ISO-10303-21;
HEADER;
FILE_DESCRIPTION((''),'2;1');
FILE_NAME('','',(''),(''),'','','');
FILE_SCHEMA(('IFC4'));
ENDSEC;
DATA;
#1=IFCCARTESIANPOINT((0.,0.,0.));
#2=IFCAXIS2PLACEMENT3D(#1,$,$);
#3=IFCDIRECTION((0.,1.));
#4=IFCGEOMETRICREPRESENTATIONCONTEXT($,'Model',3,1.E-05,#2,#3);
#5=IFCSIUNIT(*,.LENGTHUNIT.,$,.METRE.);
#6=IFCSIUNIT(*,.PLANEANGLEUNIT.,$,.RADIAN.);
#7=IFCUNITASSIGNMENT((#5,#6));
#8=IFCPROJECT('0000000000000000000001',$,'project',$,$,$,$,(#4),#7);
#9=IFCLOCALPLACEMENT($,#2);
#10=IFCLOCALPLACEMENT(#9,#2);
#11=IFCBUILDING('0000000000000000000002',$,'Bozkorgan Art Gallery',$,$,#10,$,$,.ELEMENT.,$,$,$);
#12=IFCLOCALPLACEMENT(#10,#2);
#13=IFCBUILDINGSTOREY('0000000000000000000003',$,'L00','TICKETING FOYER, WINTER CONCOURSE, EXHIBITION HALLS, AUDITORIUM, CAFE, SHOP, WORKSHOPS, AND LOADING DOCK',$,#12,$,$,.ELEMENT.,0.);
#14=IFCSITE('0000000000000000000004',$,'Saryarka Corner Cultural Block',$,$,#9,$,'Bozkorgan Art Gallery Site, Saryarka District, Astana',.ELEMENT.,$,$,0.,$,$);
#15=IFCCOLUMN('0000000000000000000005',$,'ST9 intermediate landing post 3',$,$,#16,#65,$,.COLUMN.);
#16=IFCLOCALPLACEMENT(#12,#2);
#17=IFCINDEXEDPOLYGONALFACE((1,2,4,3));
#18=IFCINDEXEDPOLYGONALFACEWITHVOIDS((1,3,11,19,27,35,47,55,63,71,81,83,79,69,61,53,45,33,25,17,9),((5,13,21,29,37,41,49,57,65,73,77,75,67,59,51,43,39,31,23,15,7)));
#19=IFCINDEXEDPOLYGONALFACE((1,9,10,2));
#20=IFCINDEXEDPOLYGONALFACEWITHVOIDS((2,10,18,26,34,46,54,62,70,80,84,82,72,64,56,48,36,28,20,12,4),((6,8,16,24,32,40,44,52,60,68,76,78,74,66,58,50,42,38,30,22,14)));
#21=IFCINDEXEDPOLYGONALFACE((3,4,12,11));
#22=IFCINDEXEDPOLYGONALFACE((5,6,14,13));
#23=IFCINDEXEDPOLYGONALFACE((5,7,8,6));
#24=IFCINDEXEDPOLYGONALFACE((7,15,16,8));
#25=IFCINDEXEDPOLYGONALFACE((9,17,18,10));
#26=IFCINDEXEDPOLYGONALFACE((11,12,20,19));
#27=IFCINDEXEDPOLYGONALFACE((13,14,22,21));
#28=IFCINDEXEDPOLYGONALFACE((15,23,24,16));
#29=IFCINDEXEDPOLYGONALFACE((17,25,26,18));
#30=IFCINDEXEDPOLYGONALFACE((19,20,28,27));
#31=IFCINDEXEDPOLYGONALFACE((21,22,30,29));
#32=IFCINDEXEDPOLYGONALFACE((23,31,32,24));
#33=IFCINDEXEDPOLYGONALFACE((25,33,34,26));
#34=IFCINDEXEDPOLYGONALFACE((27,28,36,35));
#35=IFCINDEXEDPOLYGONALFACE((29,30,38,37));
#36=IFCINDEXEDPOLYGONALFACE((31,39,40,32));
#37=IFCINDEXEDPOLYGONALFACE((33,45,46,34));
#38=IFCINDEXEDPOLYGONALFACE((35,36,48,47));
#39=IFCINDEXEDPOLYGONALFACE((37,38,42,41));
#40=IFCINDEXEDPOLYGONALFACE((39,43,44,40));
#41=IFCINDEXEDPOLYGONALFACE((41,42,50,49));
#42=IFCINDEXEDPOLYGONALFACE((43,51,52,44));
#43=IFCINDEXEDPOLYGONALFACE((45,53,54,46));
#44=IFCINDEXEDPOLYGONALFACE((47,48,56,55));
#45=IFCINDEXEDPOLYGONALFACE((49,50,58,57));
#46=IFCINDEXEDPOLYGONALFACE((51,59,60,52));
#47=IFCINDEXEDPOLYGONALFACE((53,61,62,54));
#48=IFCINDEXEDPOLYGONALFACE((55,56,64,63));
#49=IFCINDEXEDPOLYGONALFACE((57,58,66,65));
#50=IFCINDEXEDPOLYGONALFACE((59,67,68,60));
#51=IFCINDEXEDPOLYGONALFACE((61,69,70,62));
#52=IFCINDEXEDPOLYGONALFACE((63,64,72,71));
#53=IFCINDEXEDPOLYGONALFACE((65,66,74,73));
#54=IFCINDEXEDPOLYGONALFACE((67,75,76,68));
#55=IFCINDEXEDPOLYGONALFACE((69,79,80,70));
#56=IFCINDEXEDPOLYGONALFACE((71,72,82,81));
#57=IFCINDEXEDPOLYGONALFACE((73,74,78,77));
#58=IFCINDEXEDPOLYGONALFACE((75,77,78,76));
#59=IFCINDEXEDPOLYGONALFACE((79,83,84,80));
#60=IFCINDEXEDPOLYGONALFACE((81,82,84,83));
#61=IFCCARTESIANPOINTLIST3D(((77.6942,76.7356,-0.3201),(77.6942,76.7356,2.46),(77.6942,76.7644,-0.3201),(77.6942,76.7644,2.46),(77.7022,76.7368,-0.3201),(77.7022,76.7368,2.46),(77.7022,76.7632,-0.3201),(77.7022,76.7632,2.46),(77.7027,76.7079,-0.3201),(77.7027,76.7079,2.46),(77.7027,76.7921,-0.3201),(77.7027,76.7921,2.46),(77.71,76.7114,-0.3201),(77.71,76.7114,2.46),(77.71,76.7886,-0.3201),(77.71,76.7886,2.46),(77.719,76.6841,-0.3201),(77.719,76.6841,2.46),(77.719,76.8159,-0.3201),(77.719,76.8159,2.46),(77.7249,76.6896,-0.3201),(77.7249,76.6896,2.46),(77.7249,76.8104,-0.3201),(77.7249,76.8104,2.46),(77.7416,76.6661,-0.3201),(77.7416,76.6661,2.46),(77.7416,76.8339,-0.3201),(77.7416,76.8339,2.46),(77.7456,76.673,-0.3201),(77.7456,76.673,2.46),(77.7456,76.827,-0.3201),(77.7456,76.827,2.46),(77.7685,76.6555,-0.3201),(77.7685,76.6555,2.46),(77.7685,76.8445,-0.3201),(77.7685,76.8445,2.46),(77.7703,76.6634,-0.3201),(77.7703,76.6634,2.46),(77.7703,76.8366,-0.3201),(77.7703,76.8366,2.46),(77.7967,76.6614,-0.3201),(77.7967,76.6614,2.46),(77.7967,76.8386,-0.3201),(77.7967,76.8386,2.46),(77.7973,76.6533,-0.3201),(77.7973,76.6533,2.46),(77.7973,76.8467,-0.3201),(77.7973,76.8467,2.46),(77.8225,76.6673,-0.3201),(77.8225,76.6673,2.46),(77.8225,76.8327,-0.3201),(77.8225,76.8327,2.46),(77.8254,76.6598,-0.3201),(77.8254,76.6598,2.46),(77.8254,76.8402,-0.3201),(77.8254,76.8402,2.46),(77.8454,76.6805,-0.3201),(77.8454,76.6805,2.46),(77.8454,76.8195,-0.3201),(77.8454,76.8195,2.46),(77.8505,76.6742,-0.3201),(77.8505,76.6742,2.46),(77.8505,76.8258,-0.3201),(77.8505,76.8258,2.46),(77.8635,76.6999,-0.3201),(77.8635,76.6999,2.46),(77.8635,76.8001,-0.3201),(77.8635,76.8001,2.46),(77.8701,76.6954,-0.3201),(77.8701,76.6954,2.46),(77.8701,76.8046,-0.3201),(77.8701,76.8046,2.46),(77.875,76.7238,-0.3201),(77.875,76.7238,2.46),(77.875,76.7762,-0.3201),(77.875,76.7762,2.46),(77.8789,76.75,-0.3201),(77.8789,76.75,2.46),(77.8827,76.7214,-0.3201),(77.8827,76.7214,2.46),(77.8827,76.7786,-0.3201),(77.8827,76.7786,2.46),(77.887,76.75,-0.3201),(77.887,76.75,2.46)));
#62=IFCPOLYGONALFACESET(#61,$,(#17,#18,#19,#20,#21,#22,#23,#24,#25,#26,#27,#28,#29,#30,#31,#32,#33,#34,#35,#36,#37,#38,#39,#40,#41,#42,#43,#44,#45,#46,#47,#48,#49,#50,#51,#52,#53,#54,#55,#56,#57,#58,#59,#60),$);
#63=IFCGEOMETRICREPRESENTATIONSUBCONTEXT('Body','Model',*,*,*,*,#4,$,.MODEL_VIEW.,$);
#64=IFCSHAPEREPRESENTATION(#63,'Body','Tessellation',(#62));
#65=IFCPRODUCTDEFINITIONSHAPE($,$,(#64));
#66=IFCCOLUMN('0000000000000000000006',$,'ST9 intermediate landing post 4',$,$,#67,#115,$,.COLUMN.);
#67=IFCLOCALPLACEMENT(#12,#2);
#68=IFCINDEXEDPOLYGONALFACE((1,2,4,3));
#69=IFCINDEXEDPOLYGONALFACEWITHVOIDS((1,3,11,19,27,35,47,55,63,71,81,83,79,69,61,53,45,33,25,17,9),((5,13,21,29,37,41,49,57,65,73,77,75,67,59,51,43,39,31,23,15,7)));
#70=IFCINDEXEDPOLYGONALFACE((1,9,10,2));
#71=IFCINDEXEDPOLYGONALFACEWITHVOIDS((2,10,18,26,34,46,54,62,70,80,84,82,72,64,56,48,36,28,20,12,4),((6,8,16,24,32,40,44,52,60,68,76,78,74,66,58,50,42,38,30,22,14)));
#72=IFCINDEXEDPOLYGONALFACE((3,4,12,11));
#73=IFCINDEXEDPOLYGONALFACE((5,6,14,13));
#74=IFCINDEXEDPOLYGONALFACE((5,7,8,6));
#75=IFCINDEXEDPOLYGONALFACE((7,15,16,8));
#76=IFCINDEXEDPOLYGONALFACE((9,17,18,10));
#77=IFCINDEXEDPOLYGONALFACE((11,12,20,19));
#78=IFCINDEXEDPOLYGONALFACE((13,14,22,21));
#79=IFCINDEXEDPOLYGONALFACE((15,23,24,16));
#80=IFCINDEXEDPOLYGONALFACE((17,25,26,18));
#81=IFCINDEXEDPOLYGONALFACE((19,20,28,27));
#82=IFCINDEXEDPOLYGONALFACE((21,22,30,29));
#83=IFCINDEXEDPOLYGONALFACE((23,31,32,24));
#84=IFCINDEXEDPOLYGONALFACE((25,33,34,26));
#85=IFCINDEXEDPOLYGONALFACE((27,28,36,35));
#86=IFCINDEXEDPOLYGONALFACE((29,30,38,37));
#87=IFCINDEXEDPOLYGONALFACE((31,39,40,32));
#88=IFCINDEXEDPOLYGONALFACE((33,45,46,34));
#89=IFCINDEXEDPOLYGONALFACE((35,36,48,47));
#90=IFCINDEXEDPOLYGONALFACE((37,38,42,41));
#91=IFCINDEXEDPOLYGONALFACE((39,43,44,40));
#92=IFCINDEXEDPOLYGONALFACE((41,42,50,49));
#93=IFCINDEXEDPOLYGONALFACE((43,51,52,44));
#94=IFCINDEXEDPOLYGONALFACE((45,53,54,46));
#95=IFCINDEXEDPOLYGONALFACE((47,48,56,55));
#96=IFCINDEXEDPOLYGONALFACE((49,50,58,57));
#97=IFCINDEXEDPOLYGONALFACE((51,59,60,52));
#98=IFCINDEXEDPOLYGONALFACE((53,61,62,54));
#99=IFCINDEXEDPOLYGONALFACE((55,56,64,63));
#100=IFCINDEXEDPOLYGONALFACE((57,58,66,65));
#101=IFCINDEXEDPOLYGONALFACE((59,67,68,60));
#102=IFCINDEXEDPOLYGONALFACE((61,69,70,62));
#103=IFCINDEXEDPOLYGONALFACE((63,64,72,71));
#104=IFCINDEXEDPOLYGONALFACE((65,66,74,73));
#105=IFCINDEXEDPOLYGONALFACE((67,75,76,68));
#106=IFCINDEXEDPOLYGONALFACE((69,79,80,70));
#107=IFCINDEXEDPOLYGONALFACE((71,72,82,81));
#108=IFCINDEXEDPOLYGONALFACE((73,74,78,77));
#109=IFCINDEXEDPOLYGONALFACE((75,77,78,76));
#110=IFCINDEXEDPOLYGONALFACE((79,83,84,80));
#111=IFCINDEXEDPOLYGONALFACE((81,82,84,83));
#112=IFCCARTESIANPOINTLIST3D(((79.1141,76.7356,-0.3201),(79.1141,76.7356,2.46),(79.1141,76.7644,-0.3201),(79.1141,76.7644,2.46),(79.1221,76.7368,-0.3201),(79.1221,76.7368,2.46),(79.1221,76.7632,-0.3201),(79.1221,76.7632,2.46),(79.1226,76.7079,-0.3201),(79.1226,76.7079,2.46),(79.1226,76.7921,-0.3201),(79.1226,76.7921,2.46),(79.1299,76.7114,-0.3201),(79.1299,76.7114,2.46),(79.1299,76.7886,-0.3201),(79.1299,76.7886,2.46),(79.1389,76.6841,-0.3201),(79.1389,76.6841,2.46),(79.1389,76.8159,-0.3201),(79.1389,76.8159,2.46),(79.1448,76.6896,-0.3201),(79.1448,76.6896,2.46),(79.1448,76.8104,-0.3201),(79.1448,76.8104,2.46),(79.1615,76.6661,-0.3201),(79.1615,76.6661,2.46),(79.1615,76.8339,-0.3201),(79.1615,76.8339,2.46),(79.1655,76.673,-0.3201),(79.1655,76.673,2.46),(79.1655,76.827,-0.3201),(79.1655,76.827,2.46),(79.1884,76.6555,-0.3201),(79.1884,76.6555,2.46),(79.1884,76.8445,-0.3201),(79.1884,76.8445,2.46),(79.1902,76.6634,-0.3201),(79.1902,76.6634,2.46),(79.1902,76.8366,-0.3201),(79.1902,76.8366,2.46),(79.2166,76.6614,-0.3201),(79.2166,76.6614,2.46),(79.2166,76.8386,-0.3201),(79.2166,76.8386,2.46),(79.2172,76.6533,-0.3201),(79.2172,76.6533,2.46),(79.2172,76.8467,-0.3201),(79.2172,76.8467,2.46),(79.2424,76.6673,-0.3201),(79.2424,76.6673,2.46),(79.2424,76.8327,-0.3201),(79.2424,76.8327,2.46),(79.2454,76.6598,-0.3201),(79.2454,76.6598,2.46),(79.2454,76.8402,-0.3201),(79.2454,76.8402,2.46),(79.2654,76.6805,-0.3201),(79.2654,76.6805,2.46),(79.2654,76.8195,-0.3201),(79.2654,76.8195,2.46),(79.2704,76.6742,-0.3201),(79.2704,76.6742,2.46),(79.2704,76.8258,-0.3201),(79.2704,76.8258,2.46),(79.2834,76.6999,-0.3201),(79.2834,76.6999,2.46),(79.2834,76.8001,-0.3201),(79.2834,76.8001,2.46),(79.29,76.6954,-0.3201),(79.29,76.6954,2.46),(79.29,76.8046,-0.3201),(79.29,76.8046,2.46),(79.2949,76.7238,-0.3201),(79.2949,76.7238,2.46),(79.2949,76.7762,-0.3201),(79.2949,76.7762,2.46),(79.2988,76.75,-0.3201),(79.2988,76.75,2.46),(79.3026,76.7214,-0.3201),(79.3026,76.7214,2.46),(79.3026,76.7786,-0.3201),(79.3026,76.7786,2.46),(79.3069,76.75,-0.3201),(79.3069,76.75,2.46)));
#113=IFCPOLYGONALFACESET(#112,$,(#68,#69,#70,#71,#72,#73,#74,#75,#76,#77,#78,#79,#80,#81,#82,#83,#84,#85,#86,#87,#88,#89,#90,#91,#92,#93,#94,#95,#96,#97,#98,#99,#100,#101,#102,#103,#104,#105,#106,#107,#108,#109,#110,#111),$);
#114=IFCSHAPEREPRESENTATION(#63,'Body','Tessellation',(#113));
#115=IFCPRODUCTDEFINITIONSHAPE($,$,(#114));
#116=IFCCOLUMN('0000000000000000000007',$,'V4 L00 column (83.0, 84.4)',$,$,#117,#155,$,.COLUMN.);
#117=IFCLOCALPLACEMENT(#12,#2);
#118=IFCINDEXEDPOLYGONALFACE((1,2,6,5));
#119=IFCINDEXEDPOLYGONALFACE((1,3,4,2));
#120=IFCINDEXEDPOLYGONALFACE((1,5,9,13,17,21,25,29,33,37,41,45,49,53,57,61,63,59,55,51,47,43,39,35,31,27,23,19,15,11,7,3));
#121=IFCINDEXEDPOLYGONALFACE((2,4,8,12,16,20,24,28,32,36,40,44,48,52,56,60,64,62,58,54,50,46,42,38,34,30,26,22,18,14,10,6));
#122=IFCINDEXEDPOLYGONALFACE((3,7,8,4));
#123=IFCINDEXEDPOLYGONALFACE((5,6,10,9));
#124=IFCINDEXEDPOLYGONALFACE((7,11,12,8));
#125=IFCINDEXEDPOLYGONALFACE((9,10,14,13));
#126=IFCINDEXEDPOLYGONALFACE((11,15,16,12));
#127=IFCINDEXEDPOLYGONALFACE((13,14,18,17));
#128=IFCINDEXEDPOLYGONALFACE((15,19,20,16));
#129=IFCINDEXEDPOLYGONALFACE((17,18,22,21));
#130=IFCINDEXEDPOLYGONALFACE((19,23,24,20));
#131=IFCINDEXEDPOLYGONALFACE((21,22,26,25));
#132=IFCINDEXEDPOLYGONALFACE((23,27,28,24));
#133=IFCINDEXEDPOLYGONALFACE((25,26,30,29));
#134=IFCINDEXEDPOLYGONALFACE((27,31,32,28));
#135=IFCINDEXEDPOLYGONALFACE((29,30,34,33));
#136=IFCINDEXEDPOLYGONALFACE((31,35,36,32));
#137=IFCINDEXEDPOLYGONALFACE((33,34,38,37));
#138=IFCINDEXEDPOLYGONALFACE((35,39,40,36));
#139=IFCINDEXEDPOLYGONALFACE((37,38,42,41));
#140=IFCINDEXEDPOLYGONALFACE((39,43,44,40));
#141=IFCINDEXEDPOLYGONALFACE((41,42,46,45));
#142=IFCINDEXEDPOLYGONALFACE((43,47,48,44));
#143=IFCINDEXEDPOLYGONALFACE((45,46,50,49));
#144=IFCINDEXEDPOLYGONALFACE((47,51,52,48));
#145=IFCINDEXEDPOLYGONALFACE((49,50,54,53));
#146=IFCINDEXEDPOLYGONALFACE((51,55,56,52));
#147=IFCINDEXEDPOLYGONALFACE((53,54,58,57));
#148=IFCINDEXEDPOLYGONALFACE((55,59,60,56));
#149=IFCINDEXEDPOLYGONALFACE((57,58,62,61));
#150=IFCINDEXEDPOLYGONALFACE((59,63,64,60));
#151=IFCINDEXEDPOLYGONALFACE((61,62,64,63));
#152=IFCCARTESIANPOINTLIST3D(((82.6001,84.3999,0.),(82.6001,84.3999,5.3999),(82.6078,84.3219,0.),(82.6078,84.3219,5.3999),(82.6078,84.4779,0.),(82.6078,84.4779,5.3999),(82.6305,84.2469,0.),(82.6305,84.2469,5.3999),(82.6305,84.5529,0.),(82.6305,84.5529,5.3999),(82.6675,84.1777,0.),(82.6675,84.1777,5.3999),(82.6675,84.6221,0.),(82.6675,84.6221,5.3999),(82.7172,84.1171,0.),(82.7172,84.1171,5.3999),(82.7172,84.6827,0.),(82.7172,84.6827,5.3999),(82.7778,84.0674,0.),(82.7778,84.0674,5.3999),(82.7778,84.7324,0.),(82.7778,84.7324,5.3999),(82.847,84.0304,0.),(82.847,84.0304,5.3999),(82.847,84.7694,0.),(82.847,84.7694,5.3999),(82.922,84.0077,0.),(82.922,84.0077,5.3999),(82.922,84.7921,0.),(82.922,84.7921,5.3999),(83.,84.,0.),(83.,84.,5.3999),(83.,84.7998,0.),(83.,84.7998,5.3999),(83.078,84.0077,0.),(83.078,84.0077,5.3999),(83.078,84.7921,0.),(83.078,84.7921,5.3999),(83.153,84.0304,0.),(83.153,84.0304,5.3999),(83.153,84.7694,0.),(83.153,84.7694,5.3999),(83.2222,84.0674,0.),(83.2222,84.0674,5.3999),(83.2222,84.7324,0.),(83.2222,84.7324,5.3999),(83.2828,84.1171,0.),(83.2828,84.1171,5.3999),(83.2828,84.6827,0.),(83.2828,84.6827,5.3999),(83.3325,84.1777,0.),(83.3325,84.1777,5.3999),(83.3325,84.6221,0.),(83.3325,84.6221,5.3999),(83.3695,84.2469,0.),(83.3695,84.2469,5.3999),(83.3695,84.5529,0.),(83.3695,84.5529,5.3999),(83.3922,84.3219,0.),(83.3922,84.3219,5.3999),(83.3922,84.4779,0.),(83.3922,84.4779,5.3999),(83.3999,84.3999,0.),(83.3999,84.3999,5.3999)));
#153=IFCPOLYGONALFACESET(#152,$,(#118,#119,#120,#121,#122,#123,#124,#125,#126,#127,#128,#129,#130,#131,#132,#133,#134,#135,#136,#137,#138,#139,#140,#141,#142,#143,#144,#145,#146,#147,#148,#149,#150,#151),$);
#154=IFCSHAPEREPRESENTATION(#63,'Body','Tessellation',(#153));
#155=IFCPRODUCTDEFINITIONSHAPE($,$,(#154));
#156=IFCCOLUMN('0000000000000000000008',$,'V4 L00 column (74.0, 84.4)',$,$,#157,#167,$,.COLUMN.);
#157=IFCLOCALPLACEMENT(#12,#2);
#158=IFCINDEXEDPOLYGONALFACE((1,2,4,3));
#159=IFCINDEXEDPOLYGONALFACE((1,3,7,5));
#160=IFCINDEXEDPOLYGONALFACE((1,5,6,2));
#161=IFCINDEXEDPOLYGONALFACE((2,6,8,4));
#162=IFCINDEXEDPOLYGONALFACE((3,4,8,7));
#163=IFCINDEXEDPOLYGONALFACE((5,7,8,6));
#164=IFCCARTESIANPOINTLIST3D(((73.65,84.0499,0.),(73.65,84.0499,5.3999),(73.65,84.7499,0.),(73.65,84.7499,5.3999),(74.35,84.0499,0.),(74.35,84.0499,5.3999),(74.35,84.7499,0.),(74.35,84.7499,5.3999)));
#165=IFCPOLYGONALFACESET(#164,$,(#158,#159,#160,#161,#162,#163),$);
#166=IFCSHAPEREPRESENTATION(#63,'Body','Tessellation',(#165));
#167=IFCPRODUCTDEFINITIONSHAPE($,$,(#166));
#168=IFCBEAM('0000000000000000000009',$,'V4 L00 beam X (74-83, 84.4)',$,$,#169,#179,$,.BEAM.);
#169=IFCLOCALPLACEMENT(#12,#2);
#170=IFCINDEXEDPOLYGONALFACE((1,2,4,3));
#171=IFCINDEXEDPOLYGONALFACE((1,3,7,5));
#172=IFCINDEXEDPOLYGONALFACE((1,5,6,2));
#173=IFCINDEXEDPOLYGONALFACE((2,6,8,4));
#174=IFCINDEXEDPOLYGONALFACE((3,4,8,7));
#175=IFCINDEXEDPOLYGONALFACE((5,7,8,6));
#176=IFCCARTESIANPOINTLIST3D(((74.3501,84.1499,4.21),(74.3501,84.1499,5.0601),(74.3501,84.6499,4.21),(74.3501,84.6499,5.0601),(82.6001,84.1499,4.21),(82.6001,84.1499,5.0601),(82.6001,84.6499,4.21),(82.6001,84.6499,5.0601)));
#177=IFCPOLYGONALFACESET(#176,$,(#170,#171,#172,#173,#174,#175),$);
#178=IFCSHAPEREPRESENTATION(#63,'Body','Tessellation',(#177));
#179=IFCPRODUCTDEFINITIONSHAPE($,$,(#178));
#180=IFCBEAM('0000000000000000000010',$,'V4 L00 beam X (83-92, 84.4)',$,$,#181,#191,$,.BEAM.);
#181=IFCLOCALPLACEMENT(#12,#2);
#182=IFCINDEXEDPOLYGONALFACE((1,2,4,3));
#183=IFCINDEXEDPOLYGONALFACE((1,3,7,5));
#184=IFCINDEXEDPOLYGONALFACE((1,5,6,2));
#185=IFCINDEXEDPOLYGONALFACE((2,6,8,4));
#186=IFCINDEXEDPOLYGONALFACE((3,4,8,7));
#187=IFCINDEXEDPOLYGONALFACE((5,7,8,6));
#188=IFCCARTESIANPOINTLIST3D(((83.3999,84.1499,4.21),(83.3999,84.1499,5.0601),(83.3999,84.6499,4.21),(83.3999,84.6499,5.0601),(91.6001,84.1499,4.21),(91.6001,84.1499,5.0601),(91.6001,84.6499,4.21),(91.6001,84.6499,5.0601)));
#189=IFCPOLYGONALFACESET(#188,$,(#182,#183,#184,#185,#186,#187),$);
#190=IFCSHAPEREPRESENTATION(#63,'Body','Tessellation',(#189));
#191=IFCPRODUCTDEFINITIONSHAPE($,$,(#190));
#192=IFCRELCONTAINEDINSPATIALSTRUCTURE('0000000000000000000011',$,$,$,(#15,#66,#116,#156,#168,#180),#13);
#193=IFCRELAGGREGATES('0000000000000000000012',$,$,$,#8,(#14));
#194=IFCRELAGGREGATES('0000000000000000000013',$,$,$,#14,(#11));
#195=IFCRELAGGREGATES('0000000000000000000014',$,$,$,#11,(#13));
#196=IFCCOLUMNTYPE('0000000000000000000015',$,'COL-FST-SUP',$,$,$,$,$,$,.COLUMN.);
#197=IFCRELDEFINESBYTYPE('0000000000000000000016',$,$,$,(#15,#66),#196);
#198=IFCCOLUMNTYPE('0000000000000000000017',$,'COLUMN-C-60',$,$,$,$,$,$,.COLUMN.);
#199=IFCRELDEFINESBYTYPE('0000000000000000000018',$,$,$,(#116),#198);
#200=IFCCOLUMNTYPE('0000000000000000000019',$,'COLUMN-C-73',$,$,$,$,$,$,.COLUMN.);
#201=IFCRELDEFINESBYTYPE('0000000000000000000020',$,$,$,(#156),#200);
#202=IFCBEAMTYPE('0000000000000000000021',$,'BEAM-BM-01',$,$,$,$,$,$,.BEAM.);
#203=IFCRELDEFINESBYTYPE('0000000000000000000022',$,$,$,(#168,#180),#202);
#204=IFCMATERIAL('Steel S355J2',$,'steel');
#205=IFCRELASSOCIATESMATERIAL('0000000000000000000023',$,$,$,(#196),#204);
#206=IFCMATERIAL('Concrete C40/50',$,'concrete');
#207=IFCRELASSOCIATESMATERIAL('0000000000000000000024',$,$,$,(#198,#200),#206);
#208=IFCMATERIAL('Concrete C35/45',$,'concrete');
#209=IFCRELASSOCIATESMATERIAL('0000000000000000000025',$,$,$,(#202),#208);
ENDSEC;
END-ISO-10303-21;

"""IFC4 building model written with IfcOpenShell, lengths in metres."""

from ifc_helpers import new_model, si_unit, direction, frame, origin, origin_2d, place, context, subcontext, project, spatial, rectangle, circle, hollow_circle, extrude, material, material_profile, profile_set, type_object, element, save


model = new_model("IFC4")

# Units and contexts
model_context = context("Model", 3, precision=1e-05, world=origin(), true_north=direction((0.0, 1.0)))
body_context = subcontext(model_context, "Body", "Model", "MODEL_VIEW")
ifc_project = project(units=[si_unit("LENGTHUNIT", "METRE"), si_unit("PLANEANGLEUNIT", "RADIAN")], contexts=[model_context])

# Site, building, storey
site_placement = place(None, origin())
site = spatial("IfcSite", under=ifc_project, at=site_placement, Name="Saryarka Corner Cultural Block", LongName="Bozkorgan Art Gallery Site, Saryarka District, Astana", CompositionType="ELEMENT", RefElevation=0.0)
building_placement = place(site_placement, origin())
building = spatial("IfcBuilding", under=site, at=building_placement, Name="Bozkorgan Art Gallery", CompositionType="ELEMENT")
storey_placement = place(building_placement, origin())
storey = spatial("IfcBuildingStorey", under=building, at=storey_placement, Name="L00", Description="TICKETING FOYER, WINTER CONCOURSE, EXHIBITION HALLS, AUDITORIUM, CAFE, SHOP, WORKSHOPS, AND LOADING DOCK", CompositionType="ELEMENT", Elevation=0.0)

# Columns
ifc_material_1 = material(Name="Steel S355J2", Category="steel")
ifc_material_profile_1 = material_profile(ifc_material_1, hollow_circle(Radius=0.0969, WallThickness=0.0081, at=origin_2d()), Name="CHS 193.7x8")
ifc_profile_set_1 = profile_set([ifc_material_profile_1], Name="Steel S355J2")
column_type_1 = type_object("IfcColumnType", Name="COL-FST-SUP", PredefinedType="COLUMN", material=ifc_profile_set_1)
for number, where, z_axis, x_axis, name in (
    (1, (77.79, 76.75, -0.3201), (0.0, 0.0, 1.0), (1.0, 0.0, 0.0), "ST9 intermediate landing post 3"),
    (2, (79.21, 76.75, -0.3201), (0.0, 0.0, 1.0), (1.0, 0.0, 0.0), "ST9 intermediate landing post 4"),
):
    element("IfcColumn", number, at=place(storey_placement, frame(where, z_axis=z_axis, x_axis=x_axis)), inside=storey, type_object=column_type_1, Name=name, PredefinedType="COLUMN", context=body_context, shape_type="SweptSolid", body=[
        extrude(hollow_circle(Radius=0.0969, WallThickness=0.0081, at=origin_2d()), origin(), (0.0, 0.0, 1.0), 2.78),
    ])
ifc_material_2 = material(Name="Concrete C40/50", Category="concrete")
ifc_material_profile_2 = material_profile(ifc_material_2, circle(Radius=0.3999, at=origin_2d()), Name="RC D800")
ifc_profile_set_2 = profile_set([ifc_material_profile_2], Name="Concrete C40/50")
column_type_2 = type_object("IfcColumnType", Name="COLUMN-C-60", PredefinedType="COLUMN", material=ifc_profile_set_2)
column_1_placement = place(storey_placement, frame((83.0, 84.3999, 0.0), z_axis=(0.0, 0.0, 1.0), x_axis=(1.0, 0.0, 0.0)))
element("IfcColumn", 3, at=column_1_placement, inside=storey, type_object=column_type_2, Name="V4 L00 column (83.0, 84.4)", PredefinedType="COLUMN", context=body_context, shape_type="SweptSolid", body=[
    extrude(circle(Radius=0.3999, at=origin_2d()), origin(), (0.0, 0.0, 1.0), 5.3999),
])
ifc_material_profile_3 = material_profile(ifc_material_2, rectangle(XDim=0.7, YDim=0.7, at=origin_2d()), Name="RC 700x700")
ifc_profile_set_3 = profile_set([ifc_material_profile_3], Name="Concrete C40/50")
column_type_3 = type_object("IfcColumnType", Name="COLUMN-C-73", PredefinedType="COLUMN", material=ifc_profile_set_3)
column_2_placement = place(storey_placement, frame((74.0, 84.3999, 0.0), z_axis=(0.0, 0.0, 1.0), x_axis=(1.0, 0.0, 0.0)))
element("IfcColumn", 4, at=column_2_placement, inside=storey, type_object=column_type_3, Name="V4 L00 column (74.0, 84.4)", PredefinedType="COLUMN", context=body_context, shape_type="SweptSolid", body=[
    extrude(rectangle(XDim=0.7, YDim=0.7, at=origin_2d()), origin(), (0.0, 0.0, 1.0), 5.3999),
])

# Beams
ifc_material_3 = material(Name="Concrete C35/45", Category="concrete")
ifc_material_profile_4 = material_profile(ifc_material_3, rectangle(XDim=0.5, YDim=0.8501, at=origin_2d()), Name="RC 500x850")
ifc_profile_set_4 = profile_set([ifc_material_profile_4], Name="Concrete C35/45")
beam_type_1 = type_object("IfcBeamType", Name="BEAM-BM-01", PredefinedType="BEAM", material=ifc_profile_set_4)
beam_1_placement = place(storey_placement, frame((74.3501, 84.3999, 4.635), z_axis=(1.0, 0.0, 0.0), x_axis=(0.0, 1.0, 0.0)))
element("IfcBeam", 5, at=beam_1_placement, inside=storey, type_object=beam_type_1, Name="V4 L00 beam X (74-83, 84.4)", PredefinedType="BEAM", context=body_context, shape_type="SweptSolid", body=[
    extrude(rectangle(XDim=0.5, YDim=0.8501, at=origin_2d()), origin(), (0.0, 0.0, 1.0), 8.25),
])
beam_2_placement = place(storey_placement, frame((83.3999, 84.3999, 4.635), z_axis=(1.0, 0.0, 0.0), x_axis=(0.0, 1.0, 0.0)))
element("IfcBeam", 6, at=beam_2_placement, inside=storey, type_object=beam_type_1, Name="V4 L00 beam X (83-92, 84.4)", PredefinedType="BEAM", context=body_context, shape_type="SweptSolid", body=[
    extrude(rectangle(XDim=0.5, YDim=0.8501, at=origin_2d()), origin(), (0.0, 0.0, 1.0), 8.2002),
])

save(model, "model.ifc")
